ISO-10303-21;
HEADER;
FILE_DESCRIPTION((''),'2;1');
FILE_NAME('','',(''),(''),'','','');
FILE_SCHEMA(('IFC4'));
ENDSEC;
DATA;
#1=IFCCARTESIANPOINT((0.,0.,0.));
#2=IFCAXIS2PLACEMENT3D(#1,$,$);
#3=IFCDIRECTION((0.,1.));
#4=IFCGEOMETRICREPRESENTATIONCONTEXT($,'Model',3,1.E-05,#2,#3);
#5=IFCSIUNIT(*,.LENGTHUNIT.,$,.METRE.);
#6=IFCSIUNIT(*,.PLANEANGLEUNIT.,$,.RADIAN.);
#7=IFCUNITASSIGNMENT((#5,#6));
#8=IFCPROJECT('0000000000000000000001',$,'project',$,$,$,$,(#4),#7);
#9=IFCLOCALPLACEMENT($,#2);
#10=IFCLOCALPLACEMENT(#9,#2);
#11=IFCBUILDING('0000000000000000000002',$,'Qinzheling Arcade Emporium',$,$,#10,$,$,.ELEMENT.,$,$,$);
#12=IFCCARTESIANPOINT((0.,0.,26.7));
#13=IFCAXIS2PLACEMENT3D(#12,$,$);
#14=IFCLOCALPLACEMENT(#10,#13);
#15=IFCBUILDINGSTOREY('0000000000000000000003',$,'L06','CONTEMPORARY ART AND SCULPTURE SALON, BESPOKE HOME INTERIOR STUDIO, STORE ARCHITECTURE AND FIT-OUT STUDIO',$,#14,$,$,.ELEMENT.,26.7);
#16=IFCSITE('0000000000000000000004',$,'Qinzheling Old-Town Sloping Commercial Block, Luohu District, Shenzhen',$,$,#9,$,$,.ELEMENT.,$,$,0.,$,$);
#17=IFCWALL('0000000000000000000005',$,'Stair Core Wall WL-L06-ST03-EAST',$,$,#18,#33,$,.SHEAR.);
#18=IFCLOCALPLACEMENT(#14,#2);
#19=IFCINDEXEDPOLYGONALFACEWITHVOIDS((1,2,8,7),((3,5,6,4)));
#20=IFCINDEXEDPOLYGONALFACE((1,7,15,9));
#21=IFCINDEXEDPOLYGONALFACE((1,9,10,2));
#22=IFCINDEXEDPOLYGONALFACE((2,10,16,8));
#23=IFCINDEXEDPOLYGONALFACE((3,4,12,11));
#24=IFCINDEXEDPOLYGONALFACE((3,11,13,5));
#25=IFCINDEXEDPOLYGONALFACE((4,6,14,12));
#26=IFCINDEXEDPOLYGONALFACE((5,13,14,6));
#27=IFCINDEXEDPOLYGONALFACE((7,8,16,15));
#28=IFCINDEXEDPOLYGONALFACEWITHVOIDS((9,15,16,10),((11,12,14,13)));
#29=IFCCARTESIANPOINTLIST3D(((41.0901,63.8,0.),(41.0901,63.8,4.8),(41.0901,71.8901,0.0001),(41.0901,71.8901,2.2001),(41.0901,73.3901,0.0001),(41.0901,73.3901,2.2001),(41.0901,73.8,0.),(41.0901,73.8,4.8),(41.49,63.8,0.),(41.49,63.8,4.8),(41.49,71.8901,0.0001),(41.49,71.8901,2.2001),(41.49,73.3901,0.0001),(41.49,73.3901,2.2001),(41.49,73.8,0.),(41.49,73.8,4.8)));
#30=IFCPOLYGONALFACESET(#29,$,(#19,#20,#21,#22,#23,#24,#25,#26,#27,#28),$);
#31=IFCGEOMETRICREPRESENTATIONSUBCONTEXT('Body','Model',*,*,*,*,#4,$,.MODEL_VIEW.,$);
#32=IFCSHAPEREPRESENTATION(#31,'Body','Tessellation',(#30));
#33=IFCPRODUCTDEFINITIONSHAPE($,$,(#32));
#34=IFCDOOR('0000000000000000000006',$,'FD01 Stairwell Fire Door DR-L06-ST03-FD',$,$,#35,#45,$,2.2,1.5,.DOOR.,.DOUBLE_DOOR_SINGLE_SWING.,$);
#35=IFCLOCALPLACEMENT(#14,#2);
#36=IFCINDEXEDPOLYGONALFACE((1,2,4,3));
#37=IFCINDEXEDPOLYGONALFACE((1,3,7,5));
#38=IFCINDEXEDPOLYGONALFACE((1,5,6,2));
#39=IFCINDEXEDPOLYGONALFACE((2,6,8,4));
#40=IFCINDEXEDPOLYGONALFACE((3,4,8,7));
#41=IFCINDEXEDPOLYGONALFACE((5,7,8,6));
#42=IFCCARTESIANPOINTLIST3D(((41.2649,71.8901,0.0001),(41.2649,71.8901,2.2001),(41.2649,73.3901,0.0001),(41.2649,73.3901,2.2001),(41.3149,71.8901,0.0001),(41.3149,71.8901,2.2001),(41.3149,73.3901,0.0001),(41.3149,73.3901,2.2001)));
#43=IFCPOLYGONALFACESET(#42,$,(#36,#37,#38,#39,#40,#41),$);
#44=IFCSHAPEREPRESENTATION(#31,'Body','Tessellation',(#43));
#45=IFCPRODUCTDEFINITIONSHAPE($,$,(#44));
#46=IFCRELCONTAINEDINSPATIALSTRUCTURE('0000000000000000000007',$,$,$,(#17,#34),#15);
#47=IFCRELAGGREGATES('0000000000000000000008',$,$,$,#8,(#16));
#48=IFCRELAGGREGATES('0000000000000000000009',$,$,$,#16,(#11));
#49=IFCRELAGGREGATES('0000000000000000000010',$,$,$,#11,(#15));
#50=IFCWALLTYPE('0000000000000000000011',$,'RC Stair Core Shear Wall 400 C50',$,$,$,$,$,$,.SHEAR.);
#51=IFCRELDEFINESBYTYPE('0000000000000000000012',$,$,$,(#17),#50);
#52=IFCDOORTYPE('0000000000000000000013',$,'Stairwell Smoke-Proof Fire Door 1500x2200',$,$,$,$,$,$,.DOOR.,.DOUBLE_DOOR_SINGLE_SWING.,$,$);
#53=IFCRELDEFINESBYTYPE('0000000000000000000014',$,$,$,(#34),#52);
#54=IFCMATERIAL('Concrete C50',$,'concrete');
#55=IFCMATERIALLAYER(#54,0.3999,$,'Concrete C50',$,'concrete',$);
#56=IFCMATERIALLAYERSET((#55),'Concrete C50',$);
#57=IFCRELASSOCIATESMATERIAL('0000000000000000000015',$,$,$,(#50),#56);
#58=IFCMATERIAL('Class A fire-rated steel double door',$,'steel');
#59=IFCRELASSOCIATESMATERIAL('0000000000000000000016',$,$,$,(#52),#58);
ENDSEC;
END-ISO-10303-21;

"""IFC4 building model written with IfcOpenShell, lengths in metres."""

from ifc_helpers import new_model, si_unit, direction, frame, frame_2d, origin, place, context, subcontext, project, spatial, rectangle, extrude, material, layer, layer_set, type_object, element, fill, save


model = new_model("IFC4")

# Units and contexts
model_context = context("Model", 3, precision=1e-05, world=origin(), true_north=direction((0.0, 1.0)))
body_context = subcontext(model_context, "Body", "Model", "MODEL_VIEW")
ifc_project = project(units=[si_unit("LENGTHUNIT", "METRE"), si_unit("PLANEANGLEUNIT", "RADIAN")], contexts=[model_context])

# Site, building, storey
site_placement = place(None, origin())
site = spatial("IfcSite", under=ifc_project, at=site_placement, Name="Qinzheling Old-Town Sloping Commercial Block, Luohu District, Shenzhen", CompositionType="ELEMENT", RefElevation=0.0)
building_placement = place(site_placement, origin())
building = spatial("IfcBuilding", under=site, at=building_placement, Name="Qinzheling Arcade Emporium", CompositionType="ELEMENT")
storey_placement = place(building_placement, frame((0.0, 0.0, 26.7)))
storey = spatial("IfcBuildingStorey", under=building, at=storey_placement, Name="L06", Description="CONTEMPORARY ART AND SCULPTURE SALON, BESPOKE HOME INTERIOR STUDIO, STORE ARCHITECTURE AND FIT-OUT STUDIO", CompositionType="ELEMENT", Elevation=26.7)

# Wall, opening, door
ifc_material_1 = material(Name="Concrete C50", Category="concrete")
ifc_layer_1 = layer(ifc_material_1, 0.3999, Name="Concrete C50", Category="concrete")
ifc_layer_set_1 = layer_set([ifc_layer_1], Name="Concrete C50")
wall_type = type_object("IfcWallType", Name="RC Stair Core Shear Wall 400 C50", PredefinedType="SHEAR", material=ifc_layer_set_1)
wall_placement = place(storey_placement, frame((41.29, 73.8, 0.0), z_axis=(0.0, 0.0, 1.0), x_axis=(0.0, -1.0, 0.0)))
wall = element("IfcWall", 1, at=wall_placement, inside=storey, type_object=wall_type, Name="Stair Core Wall WL-L06-ST03-EAST", PredefinedType="SHEAR", context=body_context, shape_type="SweptSolid", body=[
    extrude(rectangle(XDim=10.0, YDim=0.3999, at=frame_2d((5.0, 0.0))), origin(), (0.0, 0.0, 1.0), 4.8),
])
opening_placement = place(wall_placement, frame((0.4099, 0.0, 0.0)))
opening = element("IfcOpeningElement", 2, at=opening_placement, cuts=wall, PredefinedType="OPENING", context=body_context, shape_type="SweptSolid", body=[
    extrude(rectangle(XDim=1.5, YDim=2.2, at=frame_2d((0.75, 1.1001))), frame((0.0, 0.21, 0.0), z_axis=(0.0, -1.0, 0.0), x_axis=(1.0, 0.0, 0.0)), (0.0, 0.0, 1.0), 0.4199),
])
ifc_material_2 = material(Name="Class A fire-rated steel double door", Category="steel")
door_type = type_object("IfcDoorType", Name="Stairwell Smoke-Proof Fire Door 1500x2200", OperationType="DOUBLE_DOOR_SINGLE_SWING", PredefinedType="DOOR", material=ifc_material_2)
door_placement = place(opening_placement, origin())
door = element("IfcDoor", 3, at=door_placement, inside=storey, type_object=door_type, Name="FD01 Stairwell Fire Door DR-L06-ST03-FD", OperationType="DOUBLE_DOOR_SINGLE_SWING", OverallHeight=2.2, OverallWidth=1.5, PredefinedType="DOOR", context=body_context, shape_type="SweptSolid", body=[
    extrude(rectangle(XDim=1.5, YDim=2.2, at=frame_2d((0.75, 1.1001))), frame((0.0, 0.0249, 0.0), z_axis=(0.0, -1.0, 0.0), x_axis=(1.0, 0.0, 0.0)), (0.0, 0.0, 1.0), 0.05),
])
fill(opening, door)

save(model, "model.ifc")
